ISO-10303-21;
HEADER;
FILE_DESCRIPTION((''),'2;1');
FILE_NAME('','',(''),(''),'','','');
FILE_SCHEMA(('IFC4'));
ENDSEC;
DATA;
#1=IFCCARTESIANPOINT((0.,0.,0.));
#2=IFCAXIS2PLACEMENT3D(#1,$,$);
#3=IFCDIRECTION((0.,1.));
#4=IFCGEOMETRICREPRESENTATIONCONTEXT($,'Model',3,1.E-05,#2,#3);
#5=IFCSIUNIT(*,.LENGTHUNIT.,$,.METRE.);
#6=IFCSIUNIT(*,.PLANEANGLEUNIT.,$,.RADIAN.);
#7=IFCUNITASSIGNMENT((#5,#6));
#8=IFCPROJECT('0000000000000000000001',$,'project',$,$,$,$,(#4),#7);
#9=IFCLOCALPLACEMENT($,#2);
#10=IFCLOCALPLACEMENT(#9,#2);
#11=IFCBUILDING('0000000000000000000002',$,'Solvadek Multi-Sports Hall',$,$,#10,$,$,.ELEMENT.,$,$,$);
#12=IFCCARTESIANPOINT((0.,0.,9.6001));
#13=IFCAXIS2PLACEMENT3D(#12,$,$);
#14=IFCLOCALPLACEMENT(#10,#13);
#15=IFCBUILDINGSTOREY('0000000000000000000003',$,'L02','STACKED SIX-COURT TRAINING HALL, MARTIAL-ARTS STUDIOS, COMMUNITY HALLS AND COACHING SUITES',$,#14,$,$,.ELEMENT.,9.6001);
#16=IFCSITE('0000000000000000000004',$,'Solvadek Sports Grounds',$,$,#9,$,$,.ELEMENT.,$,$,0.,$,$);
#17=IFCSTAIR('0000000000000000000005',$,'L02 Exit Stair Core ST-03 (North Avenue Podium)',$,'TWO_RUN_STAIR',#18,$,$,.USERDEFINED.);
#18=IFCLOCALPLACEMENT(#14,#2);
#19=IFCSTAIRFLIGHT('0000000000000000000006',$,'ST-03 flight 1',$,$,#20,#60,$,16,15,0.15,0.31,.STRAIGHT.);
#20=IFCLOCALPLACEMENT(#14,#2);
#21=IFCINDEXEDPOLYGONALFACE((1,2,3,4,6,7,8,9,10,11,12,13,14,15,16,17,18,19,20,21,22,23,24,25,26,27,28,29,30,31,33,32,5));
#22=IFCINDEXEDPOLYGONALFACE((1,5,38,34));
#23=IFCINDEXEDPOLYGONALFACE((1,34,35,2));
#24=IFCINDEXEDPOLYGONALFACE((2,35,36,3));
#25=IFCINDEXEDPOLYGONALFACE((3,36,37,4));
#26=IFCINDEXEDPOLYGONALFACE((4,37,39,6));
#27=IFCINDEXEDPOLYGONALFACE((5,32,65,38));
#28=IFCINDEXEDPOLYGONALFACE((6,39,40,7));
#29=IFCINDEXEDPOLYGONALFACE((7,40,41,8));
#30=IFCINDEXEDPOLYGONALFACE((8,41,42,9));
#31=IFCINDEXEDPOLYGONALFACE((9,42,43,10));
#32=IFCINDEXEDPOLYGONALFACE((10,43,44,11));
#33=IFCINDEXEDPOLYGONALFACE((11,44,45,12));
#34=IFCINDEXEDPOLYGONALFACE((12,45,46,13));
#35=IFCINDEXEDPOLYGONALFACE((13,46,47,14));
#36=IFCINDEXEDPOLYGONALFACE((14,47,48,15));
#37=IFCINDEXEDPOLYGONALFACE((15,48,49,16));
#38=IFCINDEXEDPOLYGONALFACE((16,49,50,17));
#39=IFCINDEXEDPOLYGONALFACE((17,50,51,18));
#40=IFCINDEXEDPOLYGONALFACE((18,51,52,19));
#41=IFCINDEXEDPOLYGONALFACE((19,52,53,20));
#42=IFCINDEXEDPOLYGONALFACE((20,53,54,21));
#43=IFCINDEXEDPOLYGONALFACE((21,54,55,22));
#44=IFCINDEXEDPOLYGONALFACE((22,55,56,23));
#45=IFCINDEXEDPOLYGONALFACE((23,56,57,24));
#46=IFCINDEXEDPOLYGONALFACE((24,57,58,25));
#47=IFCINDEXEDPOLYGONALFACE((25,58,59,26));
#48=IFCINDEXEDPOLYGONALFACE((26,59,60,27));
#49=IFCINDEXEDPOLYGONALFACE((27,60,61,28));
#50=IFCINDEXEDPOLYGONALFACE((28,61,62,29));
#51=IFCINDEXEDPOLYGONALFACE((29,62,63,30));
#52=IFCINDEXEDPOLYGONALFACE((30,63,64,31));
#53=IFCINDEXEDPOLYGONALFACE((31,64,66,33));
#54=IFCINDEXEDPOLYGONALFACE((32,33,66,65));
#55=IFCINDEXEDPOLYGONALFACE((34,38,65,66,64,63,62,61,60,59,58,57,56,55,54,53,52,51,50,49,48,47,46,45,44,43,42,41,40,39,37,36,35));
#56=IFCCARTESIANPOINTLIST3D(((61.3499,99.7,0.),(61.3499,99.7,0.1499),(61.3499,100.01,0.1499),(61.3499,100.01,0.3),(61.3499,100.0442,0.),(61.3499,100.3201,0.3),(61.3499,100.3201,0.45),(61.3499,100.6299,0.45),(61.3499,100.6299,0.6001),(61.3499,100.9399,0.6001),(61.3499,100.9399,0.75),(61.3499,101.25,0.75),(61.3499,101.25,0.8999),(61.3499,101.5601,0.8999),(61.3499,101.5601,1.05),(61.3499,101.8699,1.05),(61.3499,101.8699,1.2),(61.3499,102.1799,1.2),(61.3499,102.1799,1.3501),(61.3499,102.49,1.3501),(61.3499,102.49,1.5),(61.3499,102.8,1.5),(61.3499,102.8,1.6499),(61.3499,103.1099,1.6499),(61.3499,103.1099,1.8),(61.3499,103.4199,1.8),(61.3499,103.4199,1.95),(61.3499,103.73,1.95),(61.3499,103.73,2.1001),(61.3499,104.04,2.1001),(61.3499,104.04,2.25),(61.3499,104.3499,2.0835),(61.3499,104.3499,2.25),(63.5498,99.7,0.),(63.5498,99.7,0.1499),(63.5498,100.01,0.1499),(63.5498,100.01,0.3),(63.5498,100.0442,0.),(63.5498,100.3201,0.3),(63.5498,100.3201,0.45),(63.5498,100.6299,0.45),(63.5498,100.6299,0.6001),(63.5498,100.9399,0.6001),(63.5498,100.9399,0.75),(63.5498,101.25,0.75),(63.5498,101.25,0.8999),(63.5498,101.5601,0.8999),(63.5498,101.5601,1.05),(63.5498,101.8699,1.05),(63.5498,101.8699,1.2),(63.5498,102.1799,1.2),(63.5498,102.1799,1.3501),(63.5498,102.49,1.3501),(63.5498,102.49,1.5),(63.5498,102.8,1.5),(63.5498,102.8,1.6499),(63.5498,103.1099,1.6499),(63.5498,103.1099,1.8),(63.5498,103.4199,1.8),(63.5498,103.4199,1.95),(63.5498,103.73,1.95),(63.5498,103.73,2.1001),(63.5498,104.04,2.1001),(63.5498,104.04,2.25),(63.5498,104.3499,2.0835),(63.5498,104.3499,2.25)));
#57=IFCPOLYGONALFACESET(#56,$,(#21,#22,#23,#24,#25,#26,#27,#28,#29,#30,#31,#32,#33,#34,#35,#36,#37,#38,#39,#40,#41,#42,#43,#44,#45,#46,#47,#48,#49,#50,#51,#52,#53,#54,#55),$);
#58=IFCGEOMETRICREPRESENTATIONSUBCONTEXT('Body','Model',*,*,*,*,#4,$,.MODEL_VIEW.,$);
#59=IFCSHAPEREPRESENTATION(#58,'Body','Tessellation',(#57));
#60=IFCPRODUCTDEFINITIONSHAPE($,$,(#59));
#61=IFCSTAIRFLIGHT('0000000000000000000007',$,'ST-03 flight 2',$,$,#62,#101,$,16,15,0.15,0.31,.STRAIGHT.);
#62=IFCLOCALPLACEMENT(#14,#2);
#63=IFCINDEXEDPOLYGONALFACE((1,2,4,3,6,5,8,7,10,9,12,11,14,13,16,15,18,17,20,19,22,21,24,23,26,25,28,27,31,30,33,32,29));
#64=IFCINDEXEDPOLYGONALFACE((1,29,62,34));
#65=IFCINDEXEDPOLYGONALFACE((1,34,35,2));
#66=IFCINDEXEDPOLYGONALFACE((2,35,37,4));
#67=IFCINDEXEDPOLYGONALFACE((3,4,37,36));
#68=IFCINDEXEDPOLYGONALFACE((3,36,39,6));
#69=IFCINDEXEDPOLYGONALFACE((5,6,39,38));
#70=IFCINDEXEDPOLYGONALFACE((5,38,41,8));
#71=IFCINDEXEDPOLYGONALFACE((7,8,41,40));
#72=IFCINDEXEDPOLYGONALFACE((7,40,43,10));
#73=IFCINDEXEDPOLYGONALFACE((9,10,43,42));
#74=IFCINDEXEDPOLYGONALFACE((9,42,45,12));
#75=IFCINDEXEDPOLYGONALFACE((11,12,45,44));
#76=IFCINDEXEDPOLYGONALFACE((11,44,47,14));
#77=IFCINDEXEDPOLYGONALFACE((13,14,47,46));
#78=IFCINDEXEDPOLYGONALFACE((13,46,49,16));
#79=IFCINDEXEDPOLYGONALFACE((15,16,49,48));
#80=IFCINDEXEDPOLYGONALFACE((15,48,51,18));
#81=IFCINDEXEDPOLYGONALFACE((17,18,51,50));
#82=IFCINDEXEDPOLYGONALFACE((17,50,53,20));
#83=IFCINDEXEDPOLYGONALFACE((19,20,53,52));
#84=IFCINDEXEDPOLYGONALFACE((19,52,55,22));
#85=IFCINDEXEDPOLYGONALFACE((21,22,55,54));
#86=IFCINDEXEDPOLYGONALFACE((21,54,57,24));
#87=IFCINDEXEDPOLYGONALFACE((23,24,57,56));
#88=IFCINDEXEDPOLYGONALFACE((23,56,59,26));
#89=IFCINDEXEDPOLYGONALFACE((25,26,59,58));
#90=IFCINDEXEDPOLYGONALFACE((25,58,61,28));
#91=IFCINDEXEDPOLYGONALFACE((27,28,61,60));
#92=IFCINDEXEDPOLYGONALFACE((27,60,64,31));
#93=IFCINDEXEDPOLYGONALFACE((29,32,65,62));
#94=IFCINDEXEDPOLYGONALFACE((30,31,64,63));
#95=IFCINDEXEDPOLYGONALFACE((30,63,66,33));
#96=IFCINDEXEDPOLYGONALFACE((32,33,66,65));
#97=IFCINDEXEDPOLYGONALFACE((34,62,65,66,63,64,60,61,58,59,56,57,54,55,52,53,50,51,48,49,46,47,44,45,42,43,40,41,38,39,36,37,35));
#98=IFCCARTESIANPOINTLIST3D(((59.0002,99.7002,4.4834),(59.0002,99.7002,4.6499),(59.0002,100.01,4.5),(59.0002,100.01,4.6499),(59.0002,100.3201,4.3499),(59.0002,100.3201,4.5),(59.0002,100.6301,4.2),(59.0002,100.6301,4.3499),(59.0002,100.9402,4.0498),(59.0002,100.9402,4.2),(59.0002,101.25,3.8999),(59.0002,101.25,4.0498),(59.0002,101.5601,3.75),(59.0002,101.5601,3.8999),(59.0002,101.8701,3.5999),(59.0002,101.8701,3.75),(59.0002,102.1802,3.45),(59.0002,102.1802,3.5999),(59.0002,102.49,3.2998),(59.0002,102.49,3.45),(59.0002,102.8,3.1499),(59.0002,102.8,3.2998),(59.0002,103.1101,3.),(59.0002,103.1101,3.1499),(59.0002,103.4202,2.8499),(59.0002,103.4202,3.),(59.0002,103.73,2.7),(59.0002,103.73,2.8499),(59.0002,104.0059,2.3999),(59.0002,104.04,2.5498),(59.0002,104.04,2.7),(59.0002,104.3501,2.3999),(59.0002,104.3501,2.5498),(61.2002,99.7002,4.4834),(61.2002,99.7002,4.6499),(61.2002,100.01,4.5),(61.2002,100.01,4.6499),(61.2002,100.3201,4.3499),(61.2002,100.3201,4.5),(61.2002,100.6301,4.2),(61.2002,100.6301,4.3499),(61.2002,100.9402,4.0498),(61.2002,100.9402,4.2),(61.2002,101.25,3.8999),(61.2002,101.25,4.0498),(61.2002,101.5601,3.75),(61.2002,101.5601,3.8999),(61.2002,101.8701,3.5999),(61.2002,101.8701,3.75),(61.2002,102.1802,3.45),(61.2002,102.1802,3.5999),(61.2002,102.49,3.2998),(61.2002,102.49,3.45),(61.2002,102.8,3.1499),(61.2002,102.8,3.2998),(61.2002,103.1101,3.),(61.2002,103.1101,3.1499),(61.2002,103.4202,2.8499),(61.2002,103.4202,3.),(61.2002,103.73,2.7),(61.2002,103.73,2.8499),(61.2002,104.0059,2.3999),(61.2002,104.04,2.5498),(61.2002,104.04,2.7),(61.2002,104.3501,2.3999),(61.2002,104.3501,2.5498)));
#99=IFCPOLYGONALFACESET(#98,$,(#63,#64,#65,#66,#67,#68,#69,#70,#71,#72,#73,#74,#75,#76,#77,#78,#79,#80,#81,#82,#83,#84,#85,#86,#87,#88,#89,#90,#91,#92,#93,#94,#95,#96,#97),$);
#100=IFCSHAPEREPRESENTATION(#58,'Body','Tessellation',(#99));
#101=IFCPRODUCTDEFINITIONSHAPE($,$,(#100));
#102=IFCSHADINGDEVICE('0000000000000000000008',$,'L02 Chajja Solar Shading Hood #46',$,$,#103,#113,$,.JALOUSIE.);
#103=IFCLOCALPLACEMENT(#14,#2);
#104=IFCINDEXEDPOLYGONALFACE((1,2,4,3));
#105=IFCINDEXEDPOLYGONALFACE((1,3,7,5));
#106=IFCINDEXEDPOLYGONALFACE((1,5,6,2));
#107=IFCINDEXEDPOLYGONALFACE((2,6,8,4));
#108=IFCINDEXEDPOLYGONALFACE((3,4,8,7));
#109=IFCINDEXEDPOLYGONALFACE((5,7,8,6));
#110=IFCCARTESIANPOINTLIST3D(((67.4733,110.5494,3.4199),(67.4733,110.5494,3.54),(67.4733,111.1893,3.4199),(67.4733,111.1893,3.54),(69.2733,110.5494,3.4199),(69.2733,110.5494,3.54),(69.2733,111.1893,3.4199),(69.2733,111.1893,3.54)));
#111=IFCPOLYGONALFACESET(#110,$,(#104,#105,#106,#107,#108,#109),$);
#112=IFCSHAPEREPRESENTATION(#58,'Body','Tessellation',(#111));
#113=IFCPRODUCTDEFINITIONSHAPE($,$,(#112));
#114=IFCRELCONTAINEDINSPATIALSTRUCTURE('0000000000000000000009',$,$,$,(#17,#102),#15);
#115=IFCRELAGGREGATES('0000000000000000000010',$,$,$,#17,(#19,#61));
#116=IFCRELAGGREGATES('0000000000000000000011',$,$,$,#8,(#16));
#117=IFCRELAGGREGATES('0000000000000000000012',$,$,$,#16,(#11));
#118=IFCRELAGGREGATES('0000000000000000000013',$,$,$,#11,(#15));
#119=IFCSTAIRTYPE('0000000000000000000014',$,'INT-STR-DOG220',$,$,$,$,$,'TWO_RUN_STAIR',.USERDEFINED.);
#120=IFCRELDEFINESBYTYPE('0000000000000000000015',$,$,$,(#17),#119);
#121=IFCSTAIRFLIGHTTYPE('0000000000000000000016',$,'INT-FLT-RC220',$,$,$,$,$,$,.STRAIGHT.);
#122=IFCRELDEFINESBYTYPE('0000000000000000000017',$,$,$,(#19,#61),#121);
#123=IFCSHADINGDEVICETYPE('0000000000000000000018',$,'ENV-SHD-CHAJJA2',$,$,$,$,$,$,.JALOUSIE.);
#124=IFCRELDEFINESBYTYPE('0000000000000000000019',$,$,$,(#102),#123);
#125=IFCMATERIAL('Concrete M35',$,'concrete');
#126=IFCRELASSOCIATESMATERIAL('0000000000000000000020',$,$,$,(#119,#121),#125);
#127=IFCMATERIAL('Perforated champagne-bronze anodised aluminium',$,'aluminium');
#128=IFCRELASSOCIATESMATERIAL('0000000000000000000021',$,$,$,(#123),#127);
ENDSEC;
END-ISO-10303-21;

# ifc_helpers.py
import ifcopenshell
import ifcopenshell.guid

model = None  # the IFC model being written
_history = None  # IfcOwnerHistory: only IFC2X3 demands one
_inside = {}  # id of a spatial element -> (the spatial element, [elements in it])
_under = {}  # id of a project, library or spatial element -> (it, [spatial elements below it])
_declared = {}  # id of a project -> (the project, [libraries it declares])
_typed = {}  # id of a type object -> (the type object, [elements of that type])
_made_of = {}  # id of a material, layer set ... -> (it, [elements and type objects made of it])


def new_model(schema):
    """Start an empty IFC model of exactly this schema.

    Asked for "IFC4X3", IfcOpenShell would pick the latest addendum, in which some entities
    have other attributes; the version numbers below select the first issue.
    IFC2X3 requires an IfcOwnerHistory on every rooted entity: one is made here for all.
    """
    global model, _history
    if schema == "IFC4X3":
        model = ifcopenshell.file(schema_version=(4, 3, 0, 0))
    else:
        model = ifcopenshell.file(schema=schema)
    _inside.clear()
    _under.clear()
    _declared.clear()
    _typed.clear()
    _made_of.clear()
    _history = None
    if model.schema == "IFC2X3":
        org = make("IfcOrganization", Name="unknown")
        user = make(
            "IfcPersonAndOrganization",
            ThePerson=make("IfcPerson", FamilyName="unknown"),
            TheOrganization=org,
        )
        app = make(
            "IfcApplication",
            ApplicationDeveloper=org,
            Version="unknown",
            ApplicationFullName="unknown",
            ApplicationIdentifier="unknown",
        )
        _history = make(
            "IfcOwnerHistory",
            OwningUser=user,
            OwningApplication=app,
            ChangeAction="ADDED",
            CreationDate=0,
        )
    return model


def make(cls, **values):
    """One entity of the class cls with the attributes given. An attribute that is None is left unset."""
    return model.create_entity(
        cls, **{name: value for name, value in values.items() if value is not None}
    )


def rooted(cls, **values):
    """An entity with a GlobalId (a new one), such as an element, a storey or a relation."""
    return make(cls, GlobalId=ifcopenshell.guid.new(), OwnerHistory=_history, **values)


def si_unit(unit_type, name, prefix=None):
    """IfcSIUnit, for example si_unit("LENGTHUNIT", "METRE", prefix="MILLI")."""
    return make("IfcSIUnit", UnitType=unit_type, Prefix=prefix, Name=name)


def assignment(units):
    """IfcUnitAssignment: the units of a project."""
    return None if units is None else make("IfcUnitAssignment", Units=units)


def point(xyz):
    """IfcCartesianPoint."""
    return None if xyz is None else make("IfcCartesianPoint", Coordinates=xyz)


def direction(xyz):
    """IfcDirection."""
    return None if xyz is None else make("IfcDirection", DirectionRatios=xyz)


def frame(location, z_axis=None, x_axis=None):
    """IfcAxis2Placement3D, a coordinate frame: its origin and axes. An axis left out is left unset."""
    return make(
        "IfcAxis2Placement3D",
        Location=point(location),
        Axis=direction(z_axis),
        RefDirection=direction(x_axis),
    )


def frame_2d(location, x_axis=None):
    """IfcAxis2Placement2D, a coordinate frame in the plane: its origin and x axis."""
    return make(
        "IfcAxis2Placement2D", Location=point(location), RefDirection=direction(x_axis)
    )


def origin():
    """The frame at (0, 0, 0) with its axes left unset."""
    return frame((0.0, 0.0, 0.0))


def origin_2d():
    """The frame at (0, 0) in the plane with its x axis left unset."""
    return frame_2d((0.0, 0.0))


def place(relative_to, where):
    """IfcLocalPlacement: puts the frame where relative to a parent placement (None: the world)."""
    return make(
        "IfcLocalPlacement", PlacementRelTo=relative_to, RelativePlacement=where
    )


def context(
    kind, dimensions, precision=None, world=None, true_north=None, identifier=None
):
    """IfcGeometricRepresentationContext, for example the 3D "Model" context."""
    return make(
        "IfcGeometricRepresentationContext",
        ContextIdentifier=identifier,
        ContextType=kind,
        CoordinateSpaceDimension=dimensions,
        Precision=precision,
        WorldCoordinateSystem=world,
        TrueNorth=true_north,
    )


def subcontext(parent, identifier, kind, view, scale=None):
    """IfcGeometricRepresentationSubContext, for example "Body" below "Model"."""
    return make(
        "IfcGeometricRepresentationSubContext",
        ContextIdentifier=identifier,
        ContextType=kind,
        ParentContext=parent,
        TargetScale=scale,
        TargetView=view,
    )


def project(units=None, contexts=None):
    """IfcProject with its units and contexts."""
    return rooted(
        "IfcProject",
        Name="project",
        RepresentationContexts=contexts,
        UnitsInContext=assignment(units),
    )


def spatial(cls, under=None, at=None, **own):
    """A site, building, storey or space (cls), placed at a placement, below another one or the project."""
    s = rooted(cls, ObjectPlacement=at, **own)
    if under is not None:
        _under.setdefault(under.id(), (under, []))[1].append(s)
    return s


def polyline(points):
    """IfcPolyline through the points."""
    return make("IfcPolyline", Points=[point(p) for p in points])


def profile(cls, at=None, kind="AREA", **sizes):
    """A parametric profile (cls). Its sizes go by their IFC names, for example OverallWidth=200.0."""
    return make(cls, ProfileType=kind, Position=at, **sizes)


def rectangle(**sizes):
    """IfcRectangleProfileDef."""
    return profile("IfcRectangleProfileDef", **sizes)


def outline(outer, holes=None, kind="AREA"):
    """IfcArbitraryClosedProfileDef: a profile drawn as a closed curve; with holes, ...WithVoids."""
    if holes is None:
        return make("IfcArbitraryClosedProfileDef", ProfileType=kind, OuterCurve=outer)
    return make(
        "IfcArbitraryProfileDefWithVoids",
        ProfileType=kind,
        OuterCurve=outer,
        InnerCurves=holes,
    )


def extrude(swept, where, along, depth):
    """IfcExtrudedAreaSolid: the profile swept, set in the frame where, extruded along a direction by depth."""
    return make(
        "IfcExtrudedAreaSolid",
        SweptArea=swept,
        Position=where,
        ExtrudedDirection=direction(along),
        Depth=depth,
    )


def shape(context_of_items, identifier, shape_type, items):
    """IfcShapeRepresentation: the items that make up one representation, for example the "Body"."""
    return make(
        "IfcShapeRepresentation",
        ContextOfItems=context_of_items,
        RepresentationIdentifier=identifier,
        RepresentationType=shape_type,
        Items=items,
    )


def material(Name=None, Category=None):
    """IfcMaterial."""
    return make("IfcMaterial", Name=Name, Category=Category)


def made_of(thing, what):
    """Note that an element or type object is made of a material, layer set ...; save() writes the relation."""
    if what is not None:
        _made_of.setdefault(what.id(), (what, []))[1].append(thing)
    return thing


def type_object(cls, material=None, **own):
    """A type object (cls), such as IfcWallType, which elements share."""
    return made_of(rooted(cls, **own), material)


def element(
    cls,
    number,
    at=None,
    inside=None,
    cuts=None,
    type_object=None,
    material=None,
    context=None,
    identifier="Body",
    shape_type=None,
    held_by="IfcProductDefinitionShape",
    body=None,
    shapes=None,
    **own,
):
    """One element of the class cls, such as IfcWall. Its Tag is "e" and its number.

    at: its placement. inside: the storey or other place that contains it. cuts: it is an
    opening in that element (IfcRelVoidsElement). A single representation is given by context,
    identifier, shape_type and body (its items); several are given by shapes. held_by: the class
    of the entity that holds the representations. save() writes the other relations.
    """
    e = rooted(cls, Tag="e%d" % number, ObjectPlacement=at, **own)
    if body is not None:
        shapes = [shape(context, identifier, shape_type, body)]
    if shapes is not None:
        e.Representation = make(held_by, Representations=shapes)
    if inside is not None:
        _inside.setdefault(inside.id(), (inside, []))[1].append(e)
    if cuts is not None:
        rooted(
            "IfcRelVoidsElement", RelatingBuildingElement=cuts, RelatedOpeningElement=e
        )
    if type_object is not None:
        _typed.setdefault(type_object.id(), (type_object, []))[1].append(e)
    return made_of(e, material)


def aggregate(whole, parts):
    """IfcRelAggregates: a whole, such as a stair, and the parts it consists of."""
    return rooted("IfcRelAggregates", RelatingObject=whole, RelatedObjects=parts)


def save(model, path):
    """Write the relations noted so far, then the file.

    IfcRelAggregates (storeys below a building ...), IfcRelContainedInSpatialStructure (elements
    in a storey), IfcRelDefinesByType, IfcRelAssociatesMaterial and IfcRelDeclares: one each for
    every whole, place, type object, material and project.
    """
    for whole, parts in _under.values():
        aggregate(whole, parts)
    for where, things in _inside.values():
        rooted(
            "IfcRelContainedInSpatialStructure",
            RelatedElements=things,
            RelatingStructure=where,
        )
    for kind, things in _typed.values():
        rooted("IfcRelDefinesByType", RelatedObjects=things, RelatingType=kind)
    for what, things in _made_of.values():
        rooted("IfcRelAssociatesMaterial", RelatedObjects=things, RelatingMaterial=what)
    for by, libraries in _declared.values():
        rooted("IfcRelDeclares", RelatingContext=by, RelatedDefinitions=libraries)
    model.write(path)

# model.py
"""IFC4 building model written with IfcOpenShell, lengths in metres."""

from ifc_helpers import new_model, si_unit, direction, frame, origin, origin_2d, place, context, subcontext, project, spatial, polyline, rectangle, outline, extrude, material, type_object, element, aggregate, save


model = new_model("IFC4")

# Units and contexts
model_context = context("Model", 3, precision=1e-05, world=origin(), true_north=direction((0.0, 1.0)))
body_context = subcontext(model_context, "Body", "Model", "MODEL_VIEW")
ifc_project = project(units=[si_unit("LENGTHUNIT", "METRE"), si_unit("PLANEANGLEUNIT", "RADIAN")], contexts=[model_context])

# Site, building, storey
site_placement = place(None, origin())
site = spatial("IfcSite", under=ifc_project, at=site_placement, Name="Solvadek Sports Grounds", CompositionType="ELEMENT", RefElevation=0.0)
building_placement = place(site_placement, origin())
building = spatial("IfcBuilding", under=site, at=building_placement, Name="Solvadek Multi-Sports Hall", CompositionType="ELEMENT")
storey_placement = place(building_placement, frame((0.0, 0.0, 9.6001)))
storey = spatial("IfcBuildingStorey", under=building, at=storey_placement, Name="L02", Description="STACKED SIX-COURT TRAINING HALL, MARTIAL-ARTS STUDIOS, COMMUNITY HALLS AND COACHING SUITES", CompositionType="ELEMENT", Elevation=9.6001)

# Stair, stair flights
ifc_material_1 = material(Name="Concrete M35", Category="concrete")
stair_type = type_object("IfcStairType", Name="INT-STR-DOG220", ElementType="TWO_RUN_STAIR", PredefinedType="USERDEFINED", material=ifc_material_1)
stair_placement = place(storey_placement, origin())
stair = element("IfcStair", 1, at=stair_placement, inside=storey, type_object=stair_type, Name="L02 Exit Stair Core ST-03 (North Avenue Podium)", ObjectType="TWO_RUN_STAIR", PredefinedType="USERDEFINED")
stair_flight_type = type_object("IfcStairFlightType", Name="INT-FLT-RC220", PredefinedType="STRAIGHT", material=ifc_material_1)
stair_flight_1_placement = place(storey_placement, frame((62.45, 99.7, 0.0), z_axis=(0.0, 0.0, 1.0), x_axis=(0.0, 1.0, 0.0)))
stair_flight_1 = element("IfcStairFlight", 2, at=stair_flight_1_placement, type_object=stair_flight_type, Name="ST-03 flight 1", NumberOfRisers=16, NumberOfTreads=15, PredefinedType="STRAIGHT", RiserHeight=0.15, TreadLength=0.31, context=body_context, shape_type="SweptSolid", body=[
    extrude(outline(polyline([(0.0, 0.0), (0.0, 0.1499), (0.3101, 0.1499), (0.3101, 0.3), (0.6201, 0.3), (0.6201, 0.45), (0.9299, 0.45), (0.9299, 0.6001), (1.24, 0.6001), (1.24, 0.75), (1.55, 0.75), (1.55, 0.8999), (1.8601, 0.8999), (1.8601, 1.05), (2.1699, 1.05), (2.1699, 1.2), (2.48, 1.2), (2.48, 1.3501), (2.79, 1.3501), (2.79, 1.5), (3.1001, 1.5), (3.1001, 1.6499), (3.4099, 1.6499), (3.4099, 1.8), (3.72, 1.8), (3.72, 1.95), (4.03, 1.95), (4.03, 2.1001), (4.3401, 2.1001), (4.3401, 2.25), (4.6499, 2.25), (4.6499, 2.3999), (4.6499, 2.0835), (0.3442, 0.0), (0.0, 0.0)])), frame((0.0, 1.1001, 0.0), z_axis=(0.0, -1.0, 0.0), x_axis=(1.0, 0.0, 0.0)), (0.0, 0.0, 1.0), 2.2),
])
stair_flight_2_placement = place(storey_placement, frame((60.1001, 104.3501, 2.3999), z_axis=(0.0, 0.0, 1.0), x_axis=(0.0, -1.0, 0.0)))
stair_flight_2 = element("IfcStairFlight", 3, at=stair_flight_2_placement, type_object=stair_flight_type, Name="ST-03 flight 2", NumberOfRisers=16, NumberOfTreads=15, PredefinedType="STRAIGHT", RiserHeight=0.15, TreadLength=0.31, context=body_context, shape_type="SweptSolid", body=[
    extrude(outline(polyline([(0.0, 0.0), (0.0, 0.1499), (0.3101, 0.1499), (0.3101, 0.3), (0.6201, 0.3), (0.6201, 0.45), (0.9299, 0.45), (0.9299, 0.6001), (1.24, 0.6001), (1.24, 0.75), (1.55, 0.75), (1.55, 0.8999), (1.8601, 0.8999), (1.8601, 1.05), (2.1699, 1.05), (2.1699, 1.2), (2.48, 1.2), (2.48, 1.3501), (2.79, 1.3501), (2.79, 1.5), (3.1001, 1.5), (3.1001, 1.6499), (3.4099, 1.6499), (3.4099, 1.8), (3.72, 1.8), (3.72, 1.95), (4.03, 1.95), (4.03, 2.1001), (4.3401, 2.1001), (4.3401, 2.25), (4.6499, 2.25), (4.6499, 2.3999), (4.6499, 2.0835), (0.3442, 0.0), (0.0, 0.0)])), frame((0.0, 1.1001, 0.0), z_axis=(0.0, -1.0, 0.0), x_axis=(1.0, 0.0, 0.0)), (0.0, 0.0, 1.0), 2.2),
])
aggregate(stair, [stair_flight_1, stair_flight_2])

# Shading device
ifc_material_2 = material(Name="Perforated champagne-bronze anodised aluminium", Category="aluminium")
shading_device_type = type_object("IfcShadingDeviceType", Name="ENV-SHD-CHAJJA2", PredefinedType="JALOUSIE", material=ifc_material_2)
shading_device_placement = place(storey_placement, frame((68.3733, 110.8694, 3.4199), z_axis=(0.0, 0.0, 1.0), x_axis=(1.0, 0.0, 0.0)))
element("IfcShadingDevice", 4, at=shading_device_placement, inside=storey, type_object=shading_device_type, Name="L02 Chajja Solar Shading Hood #46", PredefinedType="JALOUSIE", context=body_context, shape_type="SweptSolid", body=[
    extrude(rectangle(XDim=1.8, YDim=0.6399, at=origin_2d()), origin(), (0.0, 0.0, 1.0), 0.1201),
])

save(model, "model.ifc")
